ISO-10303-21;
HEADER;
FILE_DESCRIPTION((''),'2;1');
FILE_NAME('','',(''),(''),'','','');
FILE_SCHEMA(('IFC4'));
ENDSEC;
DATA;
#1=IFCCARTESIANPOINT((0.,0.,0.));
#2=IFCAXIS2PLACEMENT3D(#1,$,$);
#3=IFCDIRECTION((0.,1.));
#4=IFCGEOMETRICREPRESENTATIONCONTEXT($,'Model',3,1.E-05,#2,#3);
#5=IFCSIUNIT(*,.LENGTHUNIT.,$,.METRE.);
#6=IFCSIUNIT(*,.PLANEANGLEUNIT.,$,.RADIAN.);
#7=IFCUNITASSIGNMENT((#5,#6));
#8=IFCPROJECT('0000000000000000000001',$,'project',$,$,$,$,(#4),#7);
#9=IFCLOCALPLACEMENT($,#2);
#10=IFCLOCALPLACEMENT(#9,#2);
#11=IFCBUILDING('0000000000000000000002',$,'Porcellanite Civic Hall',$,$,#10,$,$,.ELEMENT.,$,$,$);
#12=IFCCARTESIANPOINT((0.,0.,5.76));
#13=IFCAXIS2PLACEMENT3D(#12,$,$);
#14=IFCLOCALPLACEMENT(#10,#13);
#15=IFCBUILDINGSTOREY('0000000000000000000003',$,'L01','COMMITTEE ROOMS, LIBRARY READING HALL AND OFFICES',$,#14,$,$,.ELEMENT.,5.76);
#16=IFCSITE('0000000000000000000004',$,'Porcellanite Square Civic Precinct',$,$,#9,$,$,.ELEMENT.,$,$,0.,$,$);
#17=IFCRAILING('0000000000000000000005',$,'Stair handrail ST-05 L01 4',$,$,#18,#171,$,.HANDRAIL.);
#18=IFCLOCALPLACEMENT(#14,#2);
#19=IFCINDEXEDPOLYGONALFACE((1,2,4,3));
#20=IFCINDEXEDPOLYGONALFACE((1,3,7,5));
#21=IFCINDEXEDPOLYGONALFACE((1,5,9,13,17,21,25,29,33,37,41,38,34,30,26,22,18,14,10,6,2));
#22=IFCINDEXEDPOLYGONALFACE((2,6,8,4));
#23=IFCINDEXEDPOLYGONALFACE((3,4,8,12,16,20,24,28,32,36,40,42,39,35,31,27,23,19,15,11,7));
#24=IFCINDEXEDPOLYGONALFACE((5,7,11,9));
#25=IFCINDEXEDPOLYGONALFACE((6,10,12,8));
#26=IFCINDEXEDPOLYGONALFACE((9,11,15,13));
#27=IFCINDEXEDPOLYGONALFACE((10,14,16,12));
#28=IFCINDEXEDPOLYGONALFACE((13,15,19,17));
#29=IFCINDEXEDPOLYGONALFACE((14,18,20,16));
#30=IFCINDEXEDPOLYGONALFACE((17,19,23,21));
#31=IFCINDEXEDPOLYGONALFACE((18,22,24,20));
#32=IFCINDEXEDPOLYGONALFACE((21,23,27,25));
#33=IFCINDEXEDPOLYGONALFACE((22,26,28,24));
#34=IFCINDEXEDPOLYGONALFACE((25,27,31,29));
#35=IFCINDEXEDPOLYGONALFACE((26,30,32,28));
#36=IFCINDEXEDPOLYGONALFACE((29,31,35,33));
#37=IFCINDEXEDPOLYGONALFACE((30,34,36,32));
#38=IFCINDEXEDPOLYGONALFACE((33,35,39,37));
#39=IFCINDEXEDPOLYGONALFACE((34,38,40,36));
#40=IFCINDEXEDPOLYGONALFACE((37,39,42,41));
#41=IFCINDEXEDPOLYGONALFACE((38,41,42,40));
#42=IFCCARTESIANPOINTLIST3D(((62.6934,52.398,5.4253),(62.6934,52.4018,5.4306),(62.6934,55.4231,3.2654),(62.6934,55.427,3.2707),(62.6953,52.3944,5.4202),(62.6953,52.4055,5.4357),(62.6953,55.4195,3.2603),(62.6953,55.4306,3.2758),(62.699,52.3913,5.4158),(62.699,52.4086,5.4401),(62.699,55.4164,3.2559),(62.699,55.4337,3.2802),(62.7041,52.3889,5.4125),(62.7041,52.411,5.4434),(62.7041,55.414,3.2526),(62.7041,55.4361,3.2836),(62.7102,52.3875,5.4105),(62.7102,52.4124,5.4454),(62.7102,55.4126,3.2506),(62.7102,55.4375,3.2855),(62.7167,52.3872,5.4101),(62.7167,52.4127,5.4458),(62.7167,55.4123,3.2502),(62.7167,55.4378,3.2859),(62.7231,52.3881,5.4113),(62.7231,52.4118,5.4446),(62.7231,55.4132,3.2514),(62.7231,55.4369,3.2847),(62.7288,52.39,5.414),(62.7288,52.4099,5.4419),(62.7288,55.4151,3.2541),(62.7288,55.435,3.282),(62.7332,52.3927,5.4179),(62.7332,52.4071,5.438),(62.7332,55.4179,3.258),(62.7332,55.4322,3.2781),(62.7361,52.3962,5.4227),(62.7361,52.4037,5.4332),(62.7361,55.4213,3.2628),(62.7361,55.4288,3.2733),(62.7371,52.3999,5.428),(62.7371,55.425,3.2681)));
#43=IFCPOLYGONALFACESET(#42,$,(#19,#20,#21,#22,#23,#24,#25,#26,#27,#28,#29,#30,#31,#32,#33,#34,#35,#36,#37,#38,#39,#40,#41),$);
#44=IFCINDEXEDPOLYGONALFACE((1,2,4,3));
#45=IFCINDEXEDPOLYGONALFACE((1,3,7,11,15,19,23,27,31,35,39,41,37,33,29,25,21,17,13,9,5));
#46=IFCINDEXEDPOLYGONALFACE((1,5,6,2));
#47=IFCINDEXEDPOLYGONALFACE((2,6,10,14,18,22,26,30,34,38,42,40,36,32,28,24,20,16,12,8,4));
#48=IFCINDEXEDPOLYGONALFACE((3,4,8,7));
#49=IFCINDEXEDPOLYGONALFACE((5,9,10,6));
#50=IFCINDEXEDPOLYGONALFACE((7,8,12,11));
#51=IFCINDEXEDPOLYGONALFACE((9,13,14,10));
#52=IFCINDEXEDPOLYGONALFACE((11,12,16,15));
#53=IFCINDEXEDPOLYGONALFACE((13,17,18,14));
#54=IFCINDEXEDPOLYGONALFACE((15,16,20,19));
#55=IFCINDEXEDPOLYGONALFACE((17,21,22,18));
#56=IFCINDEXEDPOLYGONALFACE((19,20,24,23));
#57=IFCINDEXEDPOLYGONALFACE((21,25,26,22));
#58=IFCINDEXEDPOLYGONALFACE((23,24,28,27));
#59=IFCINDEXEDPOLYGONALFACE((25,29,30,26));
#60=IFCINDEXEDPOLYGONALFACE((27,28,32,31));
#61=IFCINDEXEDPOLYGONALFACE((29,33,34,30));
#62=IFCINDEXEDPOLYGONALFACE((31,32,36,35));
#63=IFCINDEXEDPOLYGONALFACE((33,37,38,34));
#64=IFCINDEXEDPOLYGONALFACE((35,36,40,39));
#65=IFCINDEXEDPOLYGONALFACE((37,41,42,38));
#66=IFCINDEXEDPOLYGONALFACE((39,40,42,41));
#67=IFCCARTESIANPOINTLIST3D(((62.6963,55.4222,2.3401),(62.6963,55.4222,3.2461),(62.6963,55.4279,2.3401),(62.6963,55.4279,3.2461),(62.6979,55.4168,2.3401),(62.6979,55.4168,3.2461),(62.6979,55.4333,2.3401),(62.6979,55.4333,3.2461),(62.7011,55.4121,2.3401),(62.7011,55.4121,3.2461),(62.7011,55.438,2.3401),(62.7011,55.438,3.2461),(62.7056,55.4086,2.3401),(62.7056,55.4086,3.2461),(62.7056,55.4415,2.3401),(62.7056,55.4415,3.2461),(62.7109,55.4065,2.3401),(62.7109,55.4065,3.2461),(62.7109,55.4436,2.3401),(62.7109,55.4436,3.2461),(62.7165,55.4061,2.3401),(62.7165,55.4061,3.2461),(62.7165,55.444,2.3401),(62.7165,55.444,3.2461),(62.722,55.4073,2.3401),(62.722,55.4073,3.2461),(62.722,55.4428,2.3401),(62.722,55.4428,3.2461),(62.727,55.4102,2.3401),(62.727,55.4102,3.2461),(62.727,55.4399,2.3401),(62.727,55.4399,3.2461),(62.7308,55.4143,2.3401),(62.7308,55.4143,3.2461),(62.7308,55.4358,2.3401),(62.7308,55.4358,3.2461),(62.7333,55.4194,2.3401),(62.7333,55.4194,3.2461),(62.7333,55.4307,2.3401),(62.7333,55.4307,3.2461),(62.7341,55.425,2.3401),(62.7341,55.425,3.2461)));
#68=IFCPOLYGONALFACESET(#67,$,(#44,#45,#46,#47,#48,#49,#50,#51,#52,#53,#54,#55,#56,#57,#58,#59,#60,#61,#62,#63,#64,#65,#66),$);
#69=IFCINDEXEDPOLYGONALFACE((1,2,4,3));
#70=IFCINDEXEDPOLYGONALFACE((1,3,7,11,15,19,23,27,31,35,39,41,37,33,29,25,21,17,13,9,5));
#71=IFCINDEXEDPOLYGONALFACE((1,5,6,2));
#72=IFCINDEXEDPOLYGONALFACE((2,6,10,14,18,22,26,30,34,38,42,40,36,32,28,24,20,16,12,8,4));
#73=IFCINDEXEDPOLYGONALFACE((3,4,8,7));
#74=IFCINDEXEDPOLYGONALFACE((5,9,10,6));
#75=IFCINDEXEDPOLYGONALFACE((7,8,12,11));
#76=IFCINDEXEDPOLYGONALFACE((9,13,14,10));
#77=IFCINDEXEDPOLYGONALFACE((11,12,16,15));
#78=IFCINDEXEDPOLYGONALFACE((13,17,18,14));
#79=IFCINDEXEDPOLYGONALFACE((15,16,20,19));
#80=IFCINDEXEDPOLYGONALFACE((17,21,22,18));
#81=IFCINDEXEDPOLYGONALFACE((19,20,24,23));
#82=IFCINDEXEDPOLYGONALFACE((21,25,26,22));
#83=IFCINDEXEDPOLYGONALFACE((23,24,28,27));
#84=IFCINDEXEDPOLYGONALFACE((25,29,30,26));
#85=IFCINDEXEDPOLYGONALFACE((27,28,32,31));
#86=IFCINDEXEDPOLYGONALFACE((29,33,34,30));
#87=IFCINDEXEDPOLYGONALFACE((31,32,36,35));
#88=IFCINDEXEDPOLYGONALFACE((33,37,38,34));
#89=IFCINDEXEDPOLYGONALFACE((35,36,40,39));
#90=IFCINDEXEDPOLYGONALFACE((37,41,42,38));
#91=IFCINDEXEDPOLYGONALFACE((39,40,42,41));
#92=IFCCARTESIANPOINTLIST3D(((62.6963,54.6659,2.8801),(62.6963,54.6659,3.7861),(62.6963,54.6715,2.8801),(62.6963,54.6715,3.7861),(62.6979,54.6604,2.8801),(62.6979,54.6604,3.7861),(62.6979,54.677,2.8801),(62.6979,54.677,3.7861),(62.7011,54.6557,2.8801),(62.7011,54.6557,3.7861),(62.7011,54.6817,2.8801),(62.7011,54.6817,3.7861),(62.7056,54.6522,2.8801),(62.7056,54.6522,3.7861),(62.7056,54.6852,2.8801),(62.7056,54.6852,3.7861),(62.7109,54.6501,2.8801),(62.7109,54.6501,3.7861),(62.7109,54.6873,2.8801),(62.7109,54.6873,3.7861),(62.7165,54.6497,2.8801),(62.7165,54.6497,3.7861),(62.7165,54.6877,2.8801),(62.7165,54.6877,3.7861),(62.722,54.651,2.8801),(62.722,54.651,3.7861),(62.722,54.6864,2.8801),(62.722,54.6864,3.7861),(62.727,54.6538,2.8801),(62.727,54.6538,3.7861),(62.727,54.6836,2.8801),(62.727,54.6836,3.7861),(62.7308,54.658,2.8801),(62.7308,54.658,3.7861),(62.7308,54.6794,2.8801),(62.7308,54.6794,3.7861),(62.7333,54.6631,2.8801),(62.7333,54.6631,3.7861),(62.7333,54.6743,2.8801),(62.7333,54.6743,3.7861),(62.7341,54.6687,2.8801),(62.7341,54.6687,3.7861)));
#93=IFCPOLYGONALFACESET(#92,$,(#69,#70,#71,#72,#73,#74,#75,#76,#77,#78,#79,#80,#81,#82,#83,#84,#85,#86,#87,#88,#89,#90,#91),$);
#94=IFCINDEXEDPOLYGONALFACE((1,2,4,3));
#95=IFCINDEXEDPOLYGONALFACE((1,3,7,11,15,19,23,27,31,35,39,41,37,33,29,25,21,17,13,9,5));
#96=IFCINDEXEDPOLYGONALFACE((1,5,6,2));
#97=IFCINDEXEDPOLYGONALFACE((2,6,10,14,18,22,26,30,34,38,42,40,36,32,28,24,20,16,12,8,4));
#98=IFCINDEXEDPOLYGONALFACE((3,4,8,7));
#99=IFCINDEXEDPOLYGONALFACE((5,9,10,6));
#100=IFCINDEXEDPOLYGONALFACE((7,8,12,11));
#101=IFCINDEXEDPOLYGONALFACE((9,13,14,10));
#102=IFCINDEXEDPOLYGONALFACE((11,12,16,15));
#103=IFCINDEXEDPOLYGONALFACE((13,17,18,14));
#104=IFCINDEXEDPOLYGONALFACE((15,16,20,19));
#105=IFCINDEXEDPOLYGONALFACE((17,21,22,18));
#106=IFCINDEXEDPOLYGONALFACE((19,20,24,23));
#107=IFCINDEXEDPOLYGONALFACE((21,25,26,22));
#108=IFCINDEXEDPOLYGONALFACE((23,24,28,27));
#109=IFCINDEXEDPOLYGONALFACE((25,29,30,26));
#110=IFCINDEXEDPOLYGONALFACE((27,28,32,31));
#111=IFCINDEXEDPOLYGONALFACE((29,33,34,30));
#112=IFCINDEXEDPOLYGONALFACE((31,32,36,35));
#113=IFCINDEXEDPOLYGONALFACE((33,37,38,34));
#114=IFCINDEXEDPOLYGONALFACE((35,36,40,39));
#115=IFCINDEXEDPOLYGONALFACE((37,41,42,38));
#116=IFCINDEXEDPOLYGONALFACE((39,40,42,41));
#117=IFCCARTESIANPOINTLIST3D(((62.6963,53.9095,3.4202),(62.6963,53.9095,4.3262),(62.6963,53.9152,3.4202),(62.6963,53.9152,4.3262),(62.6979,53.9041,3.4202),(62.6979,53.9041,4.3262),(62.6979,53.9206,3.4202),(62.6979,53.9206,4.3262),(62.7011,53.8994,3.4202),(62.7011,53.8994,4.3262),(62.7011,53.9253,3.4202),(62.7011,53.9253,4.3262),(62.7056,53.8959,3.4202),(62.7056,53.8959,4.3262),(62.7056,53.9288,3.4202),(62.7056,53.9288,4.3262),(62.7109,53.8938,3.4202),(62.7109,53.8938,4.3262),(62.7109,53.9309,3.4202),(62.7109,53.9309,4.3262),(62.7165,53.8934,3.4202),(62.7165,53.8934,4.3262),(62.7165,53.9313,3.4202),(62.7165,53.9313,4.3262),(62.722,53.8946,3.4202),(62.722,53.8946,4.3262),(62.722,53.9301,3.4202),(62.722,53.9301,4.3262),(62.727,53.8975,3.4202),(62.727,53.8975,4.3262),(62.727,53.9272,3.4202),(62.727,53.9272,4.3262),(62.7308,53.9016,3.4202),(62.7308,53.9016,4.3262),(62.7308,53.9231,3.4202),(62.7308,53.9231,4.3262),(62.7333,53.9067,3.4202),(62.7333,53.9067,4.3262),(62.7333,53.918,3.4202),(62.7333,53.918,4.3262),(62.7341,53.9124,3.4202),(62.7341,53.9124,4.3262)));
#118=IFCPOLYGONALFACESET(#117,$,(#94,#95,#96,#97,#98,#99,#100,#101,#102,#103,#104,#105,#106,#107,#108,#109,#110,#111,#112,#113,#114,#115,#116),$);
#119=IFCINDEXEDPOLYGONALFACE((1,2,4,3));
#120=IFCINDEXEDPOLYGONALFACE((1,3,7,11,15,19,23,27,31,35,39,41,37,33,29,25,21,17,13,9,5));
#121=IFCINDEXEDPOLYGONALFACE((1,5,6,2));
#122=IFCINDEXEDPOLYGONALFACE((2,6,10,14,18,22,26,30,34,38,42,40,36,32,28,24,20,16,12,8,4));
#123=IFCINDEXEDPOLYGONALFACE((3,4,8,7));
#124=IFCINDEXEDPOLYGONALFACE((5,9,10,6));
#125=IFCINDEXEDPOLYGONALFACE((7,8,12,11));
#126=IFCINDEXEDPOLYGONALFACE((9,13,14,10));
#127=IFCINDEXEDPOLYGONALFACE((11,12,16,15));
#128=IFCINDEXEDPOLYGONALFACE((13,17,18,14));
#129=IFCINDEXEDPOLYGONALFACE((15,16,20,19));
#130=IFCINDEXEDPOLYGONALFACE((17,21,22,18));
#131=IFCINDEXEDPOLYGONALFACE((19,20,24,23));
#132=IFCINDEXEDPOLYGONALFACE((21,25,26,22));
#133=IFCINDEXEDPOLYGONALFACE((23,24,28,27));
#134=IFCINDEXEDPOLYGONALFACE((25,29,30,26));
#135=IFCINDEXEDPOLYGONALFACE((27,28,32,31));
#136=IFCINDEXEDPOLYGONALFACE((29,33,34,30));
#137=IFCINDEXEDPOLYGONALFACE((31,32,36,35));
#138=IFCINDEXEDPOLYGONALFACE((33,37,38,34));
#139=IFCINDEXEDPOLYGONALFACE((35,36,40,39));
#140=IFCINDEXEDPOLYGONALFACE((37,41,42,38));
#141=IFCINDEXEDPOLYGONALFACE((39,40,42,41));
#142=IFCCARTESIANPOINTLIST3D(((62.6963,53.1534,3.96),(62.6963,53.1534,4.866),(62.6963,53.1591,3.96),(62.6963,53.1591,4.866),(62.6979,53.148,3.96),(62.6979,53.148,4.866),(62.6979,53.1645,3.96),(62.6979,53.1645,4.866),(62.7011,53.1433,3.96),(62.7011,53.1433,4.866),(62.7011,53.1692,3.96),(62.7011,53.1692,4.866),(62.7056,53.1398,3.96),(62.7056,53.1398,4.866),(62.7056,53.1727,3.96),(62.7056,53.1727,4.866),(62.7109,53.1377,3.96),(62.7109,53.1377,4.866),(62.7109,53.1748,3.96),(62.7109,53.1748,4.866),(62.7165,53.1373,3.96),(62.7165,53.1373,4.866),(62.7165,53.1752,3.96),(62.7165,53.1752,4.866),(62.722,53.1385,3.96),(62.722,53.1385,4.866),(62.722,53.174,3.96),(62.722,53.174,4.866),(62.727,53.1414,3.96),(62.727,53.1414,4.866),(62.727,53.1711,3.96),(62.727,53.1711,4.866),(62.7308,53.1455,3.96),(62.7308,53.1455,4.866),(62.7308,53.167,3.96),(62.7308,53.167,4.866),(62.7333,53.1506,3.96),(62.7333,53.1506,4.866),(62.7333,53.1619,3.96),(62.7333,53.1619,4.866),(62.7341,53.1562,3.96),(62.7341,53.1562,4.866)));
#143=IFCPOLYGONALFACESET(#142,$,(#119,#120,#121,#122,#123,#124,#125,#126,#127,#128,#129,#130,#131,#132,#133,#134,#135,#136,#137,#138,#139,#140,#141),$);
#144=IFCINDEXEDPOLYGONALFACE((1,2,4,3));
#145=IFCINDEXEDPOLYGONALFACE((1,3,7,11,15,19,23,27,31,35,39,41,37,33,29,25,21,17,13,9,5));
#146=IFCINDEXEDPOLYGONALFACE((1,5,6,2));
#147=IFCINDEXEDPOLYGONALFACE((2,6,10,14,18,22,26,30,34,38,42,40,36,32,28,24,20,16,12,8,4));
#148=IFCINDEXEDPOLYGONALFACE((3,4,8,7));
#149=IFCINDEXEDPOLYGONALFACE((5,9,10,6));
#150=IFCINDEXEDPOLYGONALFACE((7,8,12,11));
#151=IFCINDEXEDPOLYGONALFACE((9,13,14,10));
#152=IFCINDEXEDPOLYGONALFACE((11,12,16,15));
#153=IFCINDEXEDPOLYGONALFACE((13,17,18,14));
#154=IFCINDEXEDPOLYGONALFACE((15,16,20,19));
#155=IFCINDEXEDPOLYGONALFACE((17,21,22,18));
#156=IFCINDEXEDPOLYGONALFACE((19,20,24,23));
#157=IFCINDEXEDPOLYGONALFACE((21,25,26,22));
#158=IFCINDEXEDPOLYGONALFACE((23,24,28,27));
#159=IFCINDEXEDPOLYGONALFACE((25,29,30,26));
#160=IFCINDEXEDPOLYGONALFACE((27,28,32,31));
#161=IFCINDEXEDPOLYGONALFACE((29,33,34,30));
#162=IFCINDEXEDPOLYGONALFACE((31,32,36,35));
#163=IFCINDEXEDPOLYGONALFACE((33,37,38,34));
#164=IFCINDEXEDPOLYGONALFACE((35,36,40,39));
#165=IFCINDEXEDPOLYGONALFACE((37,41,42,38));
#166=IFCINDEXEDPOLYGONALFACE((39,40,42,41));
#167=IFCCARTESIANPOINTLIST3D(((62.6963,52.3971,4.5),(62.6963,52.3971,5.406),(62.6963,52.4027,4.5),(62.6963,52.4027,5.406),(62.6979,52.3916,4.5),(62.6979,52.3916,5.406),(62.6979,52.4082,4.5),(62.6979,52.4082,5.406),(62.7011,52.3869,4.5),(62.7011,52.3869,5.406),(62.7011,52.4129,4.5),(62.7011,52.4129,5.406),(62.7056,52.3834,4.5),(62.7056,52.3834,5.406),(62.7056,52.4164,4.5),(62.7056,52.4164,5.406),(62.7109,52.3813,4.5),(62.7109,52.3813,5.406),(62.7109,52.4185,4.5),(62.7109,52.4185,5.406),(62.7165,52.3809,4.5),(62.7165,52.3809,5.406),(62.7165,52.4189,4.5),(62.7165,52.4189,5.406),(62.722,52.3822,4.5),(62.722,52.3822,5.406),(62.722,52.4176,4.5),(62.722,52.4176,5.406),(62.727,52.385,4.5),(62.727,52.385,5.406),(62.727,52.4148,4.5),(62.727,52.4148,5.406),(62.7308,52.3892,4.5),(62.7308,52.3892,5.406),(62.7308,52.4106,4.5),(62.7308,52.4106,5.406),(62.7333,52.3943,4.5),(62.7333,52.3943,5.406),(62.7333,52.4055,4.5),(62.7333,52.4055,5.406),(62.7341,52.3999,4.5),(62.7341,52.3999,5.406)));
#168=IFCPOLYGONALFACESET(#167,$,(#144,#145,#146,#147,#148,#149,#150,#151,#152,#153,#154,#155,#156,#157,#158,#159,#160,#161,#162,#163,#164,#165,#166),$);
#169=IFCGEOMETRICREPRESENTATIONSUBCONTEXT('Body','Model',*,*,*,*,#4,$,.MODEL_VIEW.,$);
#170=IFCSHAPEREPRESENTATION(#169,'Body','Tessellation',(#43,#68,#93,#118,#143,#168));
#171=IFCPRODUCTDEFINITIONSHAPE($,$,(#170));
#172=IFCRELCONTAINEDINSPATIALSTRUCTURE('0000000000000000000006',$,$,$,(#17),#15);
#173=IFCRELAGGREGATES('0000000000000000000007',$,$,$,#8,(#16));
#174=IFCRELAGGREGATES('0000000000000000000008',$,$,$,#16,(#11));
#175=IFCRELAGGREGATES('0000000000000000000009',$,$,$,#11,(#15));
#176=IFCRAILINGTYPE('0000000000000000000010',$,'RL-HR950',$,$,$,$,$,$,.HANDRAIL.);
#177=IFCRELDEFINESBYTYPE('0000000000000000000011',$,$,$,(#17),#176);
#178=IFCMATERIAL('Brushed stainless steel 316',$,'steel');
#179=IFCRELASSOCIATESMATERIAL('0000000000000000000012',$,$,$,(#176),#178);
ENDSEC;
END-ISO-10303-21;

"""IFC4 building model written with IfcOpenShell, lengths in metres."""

from ifc_helpers import new_model, si_unit, direction, frame, origin, origin_2d, place, context, subcontext, project, spatial, circle, extrude, material, type_object, element, save


model = new_model("IFC4")

# Units and contexts
model_context = context("Model", 3, precision=1e-05, world=origin(), true_north=direction((0.0, 1.0)))
body_context = subcontext(model_context, "Body", "Model", "MODEL_VIEW")
ifc_project = project(units=[si_unit("LENGTHUNIT", "METRE"), si_unit("PLANEANGLEUNIT", "RADIAN")], contexts=[model_context])

# Site, building, storey
site_placement = place(None, origin())
site = spatial("IfcSite", under=ifc_project, at=site_placement, Name="Porcellanite Square Civic Precinct", CompositionType="ELEMENT", RefElevation=0.0)
building_placement = place(site_placement, origin())
building = spatial("IfcBuilding", under=site, at=building_placement, Name="Porcellanite Civic Hall", CompositionType="ELEMENT")
storey_placement = place(building_placement, frame((0.0, 0.0, 5.76)))
storey = spatial("IfcBuildingStorey", under=building, at=storey_placement, Name="L01", Description="COMMITTEE ROOMS, LIBRARY READING HALL AND OFFICES", CompositionType="ELEMENT", Elevation=5.76)

# Railing
ifc_material_1 = material(Name="Brushed stainless steel 316", Category="steel")
railing_type_1 = type_object("IfcRailingType", Name="RL-HR950", PredefinedType="HANDRAIL", material=ifc_material_1)
railing_1_placement = place(storey_placement, frame((62.7151, 55.425, 2.3401)))
element("IfcRailing", 1, at=railing_1_placement, inside=storey, type_object=railing_type_1, Name="Stair handrail ST-05 L01 4", PredefinedType="HANDRAIL", context=body_context, shape_type="SweptSolid", body=[
    extrude(circle(Radius=0.022, at=origin_2d()), frame((0.0, 0.0, 0.928), z_axis=(0.0, -0.813849, 0.581077), x_axis=(1.0, 0.0, 0.0)), (0.0, 0.0, 1.0), 3.717),
    extrude(circle(Radius=0.019, at=origin_2d()), origin(), (0.0, 0.0, 1.0), 0.906),
    extrude(circle(Radius=0.019, at=origin_2d()), frame((0.0, -0.7563, 0.54)), (0.0, 0.0, 1.0), 0.906),
    extrude(circle(Radius=0.019, at=origin_2d()), frame((0.0, -1.5127, 1.0801)), (0.0, 0.0, 1.0), 0.906),
    extrude(circle(Radius=0.019, at=origin_2d()), frame((0.0, -2.2688, 1.6199)), (0.0, 0.0, 1.0), 0.906),
    extrude(circle(Radius=0.019, at=origin_2d()), frame((0.0, -3.0251, 2.1599)), (0.0, 0.0, 1.0), 0.906),
])

save(model, "model.ifc")
